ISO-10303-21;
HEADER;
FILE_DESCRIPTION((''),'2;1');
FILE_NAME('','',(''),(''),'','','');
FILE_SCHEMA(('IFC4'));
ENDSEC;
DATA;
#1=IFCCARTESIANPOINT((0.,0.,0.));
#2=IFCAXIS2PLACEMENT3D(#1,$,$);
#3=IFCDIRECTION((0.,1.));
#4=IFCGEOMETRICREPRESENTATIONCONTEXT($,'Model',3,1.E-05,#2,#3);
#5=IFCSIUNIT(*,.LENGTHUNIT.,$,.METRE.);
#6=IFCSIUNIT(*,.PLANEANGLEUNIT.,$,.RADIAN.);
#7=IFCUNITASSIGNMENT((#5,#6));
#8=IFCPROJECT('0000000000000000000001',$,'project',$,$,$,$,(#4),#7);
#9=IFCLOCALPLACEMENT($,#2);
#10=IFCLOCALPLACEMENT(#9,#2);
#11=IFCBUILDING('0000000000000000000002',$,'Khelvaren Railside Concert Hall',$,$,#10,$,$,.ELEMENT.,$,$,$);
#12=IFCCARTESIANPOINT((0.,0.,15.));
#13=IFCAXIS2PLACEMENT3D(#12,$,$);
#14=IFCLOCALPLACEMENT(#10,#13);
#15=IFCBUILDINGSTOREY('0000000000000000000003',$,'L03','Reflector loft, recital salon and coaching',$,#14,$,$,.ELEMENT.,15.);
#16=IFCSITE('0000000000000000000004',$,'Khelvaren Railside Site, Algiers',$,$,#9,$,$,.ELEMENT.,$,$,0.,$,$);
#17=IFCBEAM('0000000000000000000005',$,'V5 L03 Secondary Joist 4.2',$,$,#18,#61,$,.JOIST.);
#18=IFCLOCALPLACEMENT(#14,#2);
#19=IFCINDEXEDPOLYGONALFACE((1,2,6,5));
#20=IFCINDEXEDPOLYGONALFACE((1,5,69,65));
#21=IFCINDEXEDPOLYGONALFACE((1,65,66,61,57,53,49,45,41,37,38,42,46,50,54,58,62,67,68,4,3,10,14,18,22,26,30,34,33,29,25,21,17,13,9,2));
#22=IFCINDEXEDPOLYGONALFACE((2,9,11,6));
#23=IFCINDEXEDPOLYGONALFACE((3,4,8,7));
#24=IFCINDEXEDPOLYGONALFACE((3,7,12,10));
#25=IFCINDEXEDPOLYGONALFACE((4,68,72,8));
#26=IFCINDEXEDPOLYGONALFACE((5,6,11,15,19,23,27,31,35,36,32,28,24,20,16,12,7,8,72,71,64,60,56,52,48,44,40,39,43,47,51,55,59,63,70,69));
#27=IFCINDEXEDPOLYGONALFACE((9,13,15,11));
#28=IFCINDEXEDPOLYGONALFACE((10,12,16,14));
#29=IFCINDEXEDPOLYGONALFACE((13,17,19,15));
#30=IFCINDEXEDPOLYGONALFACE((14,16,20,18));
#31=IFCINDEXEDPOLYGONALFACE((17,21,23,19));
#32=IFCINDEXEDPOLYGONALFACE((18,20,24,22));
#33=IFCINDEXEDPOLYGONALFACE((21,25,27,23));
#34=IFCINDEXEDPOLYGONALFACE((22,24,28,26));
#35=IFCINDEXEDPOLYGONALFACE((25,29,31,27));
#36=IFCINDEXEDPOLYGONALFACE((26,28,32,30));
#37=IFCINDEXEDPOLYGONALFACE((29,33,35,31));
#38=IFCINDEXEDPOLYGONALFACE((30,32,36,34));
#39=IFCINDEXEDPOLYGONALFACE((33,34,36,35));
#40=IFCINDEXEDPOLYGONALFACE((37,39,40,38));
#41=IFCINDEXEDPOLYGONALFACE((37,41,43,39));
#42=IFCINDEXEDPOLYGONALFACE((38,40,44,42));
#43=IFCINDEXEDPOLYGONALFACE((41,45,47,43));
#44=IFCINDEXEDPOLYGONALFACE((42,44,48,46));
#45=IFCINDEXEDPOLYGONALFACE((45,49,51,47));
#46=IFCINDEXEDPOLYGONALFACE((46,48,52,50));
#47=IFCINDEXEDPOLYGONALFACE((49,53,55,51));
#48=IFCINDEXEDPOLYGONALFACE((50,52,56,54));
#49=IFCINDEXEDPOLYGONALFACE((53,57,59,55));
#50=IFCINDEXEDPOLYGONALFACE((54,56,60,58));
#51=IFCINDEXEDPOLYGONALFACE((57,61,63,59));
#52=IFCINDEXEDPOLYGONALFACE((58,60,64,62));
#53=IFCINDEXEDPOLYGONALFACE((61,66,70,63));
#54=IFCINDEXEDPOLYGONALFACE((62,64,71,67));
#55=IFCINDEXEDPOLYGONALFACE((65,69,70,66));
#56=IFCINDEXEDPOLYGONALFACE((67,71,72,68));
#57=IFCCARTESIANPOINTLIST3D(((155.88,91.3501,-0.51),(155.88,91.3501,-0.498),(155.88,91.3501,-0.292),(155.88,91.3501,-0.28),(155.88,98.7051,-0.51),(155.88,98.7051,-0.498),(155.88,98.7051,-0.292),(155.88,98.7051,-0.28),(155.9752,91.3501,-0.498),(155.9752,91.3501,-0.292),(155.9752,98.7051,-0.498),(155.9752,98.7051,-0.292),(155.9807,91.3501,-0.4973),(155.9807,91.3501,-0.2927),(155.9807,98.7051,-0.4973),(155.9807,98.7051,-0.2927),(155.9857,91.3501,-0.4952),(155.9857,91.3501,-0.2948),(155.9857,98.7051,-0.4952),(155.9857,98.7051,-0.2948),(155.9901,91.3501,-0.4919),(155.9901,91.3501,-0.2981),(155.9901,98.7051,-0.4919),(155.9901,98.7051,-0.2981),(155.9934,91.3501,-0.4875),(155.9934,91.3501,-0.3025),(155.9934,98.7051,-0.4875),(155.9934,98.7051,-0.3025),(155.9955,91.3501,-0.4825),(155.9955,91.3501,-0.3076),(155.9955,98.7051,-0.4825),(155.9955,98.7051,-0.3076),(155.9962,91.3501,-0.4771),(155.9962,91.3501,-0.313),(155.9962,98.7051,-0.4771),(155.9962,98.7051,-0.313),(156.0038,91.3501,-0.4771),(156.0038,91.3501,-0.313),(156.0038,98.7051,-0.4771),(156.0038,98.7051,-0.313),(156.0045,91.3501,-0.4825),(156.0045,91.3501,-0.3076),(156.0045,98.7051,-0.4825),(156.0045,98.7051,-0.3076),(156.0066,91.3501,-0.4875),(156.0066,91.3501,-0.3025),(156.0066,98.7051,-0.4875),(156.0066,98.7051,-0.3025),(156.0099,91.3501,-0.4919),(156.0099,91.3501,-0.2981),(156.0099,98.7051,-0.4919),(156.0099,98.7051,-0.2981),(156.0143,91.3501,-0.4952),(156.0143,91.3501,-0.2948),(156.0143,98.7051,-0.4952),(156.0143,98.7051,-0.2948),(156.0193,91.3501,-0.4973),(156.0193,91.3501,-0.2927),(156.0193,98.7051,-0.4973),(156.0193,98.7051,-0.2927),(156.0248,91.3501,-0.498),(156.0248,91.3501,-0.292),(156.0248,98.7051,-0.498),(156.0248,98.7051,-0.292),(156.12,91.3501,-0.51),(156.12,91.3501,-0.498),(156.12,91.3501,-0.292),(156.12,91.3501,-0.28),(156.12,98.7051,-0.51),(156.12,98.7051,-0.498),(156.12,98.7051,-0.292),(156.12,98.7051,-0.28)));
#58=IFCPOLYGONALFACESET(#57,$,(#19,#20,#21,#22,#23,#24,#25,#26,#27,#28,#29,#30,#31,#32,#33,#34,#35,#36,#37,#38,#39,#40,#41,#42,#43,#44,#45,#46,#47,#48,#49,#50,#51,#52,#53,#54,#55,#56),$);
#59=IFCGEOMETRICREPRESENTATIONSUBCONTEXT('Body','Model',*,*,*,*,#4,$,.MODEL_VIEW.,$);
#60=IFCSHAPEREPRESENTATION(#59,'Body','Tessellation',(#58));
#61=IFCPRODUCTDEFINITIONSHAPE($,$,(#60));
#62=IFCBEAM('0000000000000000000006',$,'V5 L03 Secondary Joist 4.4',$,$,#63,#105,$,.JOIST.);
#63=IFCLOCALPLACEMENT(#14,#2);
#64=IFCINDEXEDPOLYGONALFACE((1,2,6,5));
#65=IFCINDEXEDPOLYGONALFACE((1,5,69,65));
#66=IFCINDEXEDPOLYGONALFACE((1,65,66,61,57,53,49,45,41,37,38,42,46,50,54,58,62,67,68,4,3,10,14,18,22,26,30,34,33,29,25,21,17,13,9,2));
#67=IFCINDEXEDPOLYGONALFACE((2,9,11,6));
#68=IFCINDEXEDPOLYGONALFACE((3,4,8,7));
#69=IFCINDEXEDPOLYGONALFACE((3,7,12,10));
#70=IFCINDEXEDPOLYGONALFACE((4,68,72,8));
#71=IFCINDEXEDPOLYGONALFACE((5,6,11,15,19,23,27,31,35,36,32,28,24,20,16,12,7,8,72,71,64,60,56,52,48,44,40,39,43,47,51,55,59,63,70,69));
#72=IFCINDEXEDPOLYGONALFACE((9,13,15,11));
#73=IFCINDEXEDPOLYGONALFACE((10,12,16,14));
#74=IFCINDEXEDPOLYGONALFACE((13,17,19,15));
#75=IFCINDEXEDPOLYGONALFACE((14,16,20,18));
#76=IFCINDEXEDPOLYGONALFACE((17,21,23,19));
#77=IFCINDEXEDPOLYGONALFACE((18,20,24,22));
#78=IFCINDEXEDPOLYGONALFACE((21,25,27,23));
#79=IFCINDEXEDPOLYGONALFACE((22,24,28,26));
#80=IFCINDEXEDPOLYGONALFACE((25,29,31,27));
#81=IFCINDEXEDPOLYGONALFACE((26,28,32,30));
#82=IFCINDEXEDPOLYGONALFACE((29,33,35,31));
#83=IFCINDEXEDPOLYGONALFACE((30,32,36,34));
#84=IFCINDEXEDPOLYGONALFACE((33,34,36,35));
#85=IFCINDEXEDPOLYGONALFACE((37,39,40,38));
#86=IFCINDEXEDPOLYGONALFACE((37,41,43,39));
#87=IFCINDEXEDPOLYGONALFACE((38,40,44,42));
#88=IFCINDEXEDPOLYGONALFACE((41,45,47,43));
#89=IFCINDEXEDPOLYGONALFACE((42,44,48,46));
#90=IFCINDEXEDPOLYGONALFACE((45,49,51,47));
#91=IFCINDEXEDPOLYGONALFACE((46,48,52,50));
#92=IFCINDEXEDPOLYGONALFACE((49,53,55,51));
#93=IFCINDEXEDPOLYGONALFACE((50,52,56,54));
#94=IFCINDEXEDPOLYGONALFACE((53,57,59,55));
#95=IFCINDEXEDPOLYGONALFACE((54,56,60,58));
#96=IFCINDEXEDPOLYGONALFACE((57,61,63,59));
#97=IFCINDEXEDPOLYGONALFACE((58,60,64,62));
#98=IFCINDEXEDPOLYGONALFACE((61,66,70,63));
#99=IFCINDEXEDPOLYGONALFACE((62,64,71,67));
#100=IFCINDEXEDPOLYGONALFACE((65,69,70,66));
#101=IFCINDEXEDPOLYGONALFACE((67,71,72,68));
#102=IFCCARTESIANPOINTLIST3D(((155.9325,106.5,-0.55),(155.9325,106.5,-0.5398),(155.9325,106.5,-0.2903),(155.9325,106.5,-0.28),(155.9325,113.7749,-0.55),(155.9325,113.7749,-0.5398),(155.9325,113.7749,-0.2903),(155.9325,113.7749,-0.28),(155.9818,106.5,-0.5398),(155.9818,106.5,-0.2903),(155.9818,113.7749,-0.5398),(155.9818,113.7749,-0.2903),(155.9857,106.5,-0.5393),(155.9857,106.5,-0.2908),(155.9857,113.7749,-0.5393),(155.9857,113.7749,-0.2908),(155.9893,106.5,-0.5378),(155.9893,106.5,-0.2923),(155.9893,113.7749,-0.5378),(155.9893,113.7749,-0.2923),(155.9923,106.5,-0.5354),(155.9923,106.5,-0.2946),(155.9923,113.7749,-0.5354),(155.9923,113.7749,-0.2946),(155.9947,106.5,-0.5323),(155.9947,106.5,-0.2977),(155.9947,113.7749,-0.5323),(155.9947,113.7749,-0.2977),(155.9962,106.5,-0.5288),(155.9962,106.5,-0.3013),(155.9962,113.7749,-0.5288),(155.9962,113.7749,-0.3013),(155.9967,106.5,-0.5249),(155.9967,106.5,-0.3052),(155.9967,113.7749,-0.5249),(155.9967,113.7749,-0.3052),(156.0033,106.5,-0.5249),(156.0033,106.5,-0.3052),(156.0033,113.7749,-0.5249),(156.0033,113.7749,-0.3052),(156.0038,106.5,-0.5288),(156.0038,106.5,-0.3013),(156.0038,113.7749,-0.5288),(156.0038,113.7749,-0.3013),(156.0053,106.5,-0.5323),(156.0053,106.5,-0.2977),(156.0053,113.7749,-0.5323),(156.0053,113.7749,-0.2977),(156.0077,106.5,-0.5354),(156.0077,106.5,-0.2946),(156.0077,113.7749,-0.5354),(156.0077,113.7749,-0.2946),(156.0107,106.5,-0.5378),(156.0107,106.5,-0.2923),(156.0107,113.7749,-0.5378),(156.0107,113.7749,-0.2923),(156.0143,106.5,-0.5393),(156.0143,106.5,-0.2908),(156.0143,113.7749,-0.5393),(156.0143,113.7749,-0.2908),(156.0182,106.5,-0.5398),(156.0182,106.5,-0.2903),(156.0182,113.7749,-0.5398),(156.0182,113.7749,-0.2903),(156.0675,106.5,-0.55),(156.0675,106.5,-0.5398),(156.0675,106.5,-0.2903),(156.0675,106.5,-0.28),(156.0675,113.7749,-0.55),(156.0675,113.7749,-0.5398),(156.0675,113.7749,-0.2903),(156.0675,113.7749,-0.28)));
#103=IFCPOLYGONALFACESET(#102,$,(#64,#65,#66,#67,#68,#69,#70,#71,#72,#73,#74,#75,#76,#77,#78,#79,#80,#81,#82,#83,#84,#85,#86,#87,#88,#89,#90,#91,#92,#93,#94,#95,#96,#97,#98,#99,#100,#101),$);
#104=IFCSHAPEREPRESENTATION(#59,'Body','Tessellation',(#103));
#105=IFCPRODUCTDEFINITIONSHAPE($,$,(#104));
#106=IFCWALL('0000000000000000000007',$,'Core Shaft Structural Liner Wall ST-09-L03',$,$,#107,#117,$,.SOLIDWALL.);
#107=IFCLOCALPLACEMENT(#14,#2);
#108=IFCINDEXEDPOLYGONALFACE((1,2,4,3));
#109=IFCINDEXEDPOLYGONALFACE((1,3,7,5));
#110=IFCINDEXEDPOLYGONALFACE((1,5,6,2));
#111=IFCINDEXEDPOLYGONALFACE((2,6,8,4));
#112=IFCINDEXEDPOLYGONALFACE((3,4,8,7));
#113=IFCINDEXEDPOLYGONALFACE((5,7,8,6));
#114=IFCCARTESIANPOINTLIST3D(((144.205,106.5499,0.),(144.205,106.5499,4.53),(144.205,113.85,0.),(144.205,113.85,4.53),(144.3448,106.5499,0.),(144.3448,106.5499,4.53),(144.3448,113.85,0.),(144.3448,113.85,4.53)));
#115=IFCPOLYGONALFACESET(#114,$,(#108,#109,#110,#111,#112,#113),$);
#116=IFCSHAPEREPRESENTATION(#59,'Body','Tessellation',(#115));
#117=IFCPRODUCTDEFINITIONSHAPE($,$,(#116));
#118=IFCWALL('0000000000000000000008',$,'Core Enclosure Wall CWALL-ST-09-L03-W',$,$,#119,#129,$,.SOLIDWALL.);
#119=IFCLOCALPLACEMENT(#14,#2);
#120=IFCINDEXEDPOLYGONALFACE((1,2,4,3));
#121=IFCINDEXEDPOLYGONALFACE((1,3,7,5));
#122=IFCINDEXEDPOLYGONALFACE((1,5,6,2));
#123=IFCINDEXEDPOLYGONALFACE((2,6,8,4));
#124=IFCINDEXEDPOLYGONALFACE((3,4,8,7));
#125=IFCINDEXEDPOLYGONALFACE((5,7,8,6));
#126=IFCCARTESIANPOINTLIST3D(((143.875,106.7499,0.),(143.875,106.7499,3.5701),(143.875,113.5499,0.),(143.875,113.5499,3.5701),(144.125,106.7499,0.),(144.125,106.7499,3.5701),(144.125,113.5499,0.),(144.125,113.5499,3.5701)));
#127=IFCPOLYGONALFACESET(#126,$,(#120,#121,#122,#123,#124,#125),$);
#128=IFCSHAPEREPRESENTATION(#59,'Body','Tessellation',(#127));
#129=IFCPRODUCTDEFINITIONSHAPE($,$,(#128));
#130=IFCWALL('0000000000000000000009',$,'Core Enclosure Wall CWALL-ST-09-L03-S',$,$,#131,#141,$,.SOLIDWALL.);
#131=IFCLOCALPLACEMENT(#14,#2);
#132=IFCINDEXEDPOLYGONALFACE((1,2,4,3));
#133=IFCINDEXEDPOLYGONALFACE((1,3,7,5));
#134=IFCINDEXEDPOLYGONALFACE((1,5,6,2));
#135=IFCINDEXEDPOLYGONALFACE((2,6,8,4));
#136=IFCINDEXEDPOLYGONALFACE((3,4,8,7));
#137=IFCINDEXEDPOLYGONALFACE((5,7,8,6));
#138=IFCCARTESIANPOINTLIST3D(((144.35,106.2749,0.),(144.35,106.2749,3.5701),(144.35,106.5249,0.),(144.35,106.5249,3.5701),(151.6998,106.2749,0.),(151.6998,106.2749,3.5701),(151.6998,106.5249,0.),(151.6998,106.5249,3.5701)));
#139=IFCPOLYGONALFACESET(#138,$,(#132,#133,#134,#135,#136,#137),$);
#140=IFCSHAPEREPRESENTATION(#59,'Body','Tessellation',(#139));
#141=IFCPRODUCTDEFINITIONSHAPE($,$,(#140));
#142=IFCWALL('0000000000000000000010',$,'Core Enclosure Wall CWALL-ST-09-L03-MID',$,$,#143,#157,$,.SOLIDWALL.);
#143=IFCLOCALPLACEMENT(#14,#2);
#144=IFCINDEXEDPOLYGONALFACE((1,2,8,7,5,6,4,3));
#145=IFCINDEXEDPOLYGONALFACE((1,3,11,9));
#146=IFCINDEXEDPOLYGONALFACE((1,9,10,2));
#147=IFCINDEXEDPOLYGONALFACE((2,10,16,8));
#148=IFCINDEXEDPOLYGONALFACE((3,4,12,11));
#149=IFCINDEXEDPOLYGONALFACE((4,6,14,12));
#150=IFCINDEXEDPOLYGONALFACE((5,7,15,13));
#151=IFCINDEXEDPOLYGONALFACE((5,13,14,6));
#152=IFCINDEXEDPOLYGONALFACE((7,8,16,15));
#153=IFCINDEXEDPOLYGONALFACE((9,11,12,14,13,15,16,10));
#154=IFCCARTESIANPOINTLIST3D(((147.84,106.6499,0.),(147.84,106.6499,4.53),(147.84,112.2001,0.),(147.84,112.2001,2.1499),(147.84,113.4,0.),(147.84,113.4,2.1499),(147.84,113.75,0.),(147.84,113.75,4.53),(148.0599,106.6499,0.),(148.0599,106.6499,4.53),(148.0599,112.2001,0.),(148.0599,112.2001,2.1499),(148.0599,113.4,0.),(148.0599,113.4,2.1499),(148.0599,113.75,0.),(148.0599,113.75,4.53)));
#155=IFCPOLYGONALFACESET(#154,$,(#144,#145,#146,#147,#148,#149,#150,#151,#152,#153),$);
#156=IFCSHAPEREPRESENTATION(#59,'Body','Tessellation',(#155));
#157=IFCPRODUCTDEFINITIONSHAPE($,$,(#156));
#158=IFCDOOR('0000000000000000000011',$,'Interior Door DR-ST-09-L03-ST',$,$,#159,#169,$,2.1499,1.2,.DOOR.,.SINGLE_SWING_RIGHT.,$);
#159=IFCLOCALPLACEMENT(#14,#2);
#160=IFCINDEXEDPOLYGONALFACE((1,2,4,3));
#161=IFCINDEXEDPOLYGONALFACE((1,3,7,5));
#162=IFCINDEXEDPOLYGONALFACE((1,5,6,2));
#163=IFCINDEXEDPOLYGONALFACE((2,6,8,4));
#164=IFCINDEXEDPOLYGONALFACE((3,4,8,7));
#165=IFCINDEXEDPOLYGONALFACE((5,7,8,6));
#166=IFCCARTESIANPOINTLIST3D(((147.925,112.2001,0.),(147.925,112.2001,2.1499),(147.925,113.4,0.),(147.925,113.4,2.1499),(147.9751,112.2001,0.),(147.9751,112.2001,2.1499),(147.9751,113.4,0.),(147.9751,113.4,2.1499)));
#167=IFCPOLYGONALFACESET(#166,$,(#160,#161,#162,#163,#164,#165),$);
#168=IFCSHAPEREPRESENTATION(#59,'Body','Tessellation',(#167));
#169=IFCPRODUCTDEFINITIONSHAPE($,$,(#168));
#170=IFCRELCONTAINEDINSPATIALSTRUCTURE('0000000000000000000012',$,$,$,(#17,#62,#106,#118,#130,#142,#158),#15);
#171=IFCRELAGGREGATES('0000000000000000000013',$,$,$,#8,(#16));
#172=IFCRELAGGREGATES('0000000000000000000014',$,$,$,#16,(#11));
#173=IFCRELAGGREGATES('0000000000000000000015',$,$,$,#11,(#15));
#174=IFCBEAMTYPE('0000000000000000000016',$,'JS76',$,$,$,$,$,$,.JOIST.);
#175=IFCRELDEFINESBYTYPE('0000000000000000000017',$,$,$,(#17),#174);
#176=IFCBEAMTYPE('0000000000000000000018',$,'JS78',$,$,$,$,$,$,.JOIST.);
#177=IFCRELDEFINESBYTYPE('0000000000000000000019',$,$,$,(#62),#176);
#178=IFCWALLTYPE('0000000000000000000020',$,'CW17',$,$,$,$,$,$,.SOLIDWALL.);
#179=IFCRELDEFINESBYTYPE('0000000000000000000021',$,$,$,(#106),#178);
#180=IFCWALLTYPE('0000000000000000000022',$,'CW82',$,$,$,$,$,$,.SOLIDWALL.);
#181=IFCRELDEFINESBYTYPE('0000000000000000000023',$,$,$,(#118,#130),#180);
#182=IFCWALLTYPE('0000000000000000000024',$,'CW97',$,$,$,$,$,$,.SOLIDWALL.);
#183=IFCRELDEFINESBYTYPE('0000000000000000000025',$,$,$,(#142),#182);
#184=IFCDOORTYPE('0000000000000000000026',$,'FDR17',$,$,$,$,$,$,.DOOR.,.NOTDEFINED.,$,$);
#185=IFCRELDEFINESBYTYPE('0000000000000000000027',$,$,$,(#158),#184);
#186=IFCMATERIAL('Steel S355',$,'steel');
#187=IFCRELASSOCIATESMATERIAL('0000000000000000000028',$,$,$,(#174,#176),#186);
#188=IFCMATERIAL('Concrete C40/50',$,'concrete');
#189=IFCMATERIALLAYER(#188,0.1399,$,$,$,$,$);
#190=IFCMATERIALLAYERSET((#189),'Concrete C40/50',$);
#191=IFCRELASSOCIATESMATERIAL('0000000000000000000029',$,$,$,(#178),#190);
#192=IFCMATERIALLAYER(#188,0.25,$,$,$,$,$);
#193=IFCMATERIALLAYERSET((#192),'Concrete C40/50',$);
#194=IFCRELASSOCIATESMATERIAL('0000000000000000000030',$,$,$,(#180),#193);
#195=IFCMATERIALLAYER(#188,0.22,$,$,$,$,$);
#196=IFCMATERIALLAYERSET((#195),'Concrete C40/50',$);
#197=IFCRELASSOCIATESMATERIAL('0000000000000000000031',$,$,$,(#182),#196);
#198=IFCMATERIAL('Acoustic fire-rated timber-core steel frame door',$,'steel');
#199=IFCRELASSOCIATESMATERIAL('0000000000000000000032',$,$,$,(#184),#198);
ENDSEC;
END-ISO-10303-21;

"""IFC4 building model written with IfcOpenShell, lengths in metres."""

from ifc_helpers import new_model, si_unit, direction, frame, frame_2d, origin, origin_2d, place, context, subcontext, project, spatial, rectangle, i_section, extrude, material, layer, layer_set, material_profile, profile_set, type_object, element, fill, save


model = new_model("IFC4")

# Units and contexts
model_context = context("Model", 3, precision=1e-05, world=origin(), true_north=direction((0.0, 1.0)))
body_context = subcontext(model_context, "Body", "Model", "MODEL_VIEW")
ifc_project = project(units=[si_unit("LENGTHUNIT", "METRE"), si_unit("PLANEANGLEUNIT", "RADIAN")], contexts=[model_context])

# Site, building, storey
site_placement = place(None, origin())
site = spatial("IfcSite", under=ifc_project, at=site_placement, Name="Khelvaren Railside Site, Algiers", CompositionType="ELEMENT", RefElevation=0.0)
building_placement = place(site_placement, origin())
building = spatial("IfcBuilding", under=site, at=building_placement, Name="Khelvaren Railside Concert Hall", CompositionType="ELEMENT")
storey_placement = place(building_placement, frame((0.0, 0.0, 15.0)))
storey = spatial("IfcBuildingStorey", under=building, at=storey_placement, Name="L03", Description="Reflector loft, recital salon and coaching", CompositionType="ELEMENT", Elevation=15.0)

# Beams
ifc_material_1 = material(Name="Steel S355", Category="steel")
ifc_material_2 = material(Name="Concrete C40/50", Category="concrete")
ifc_material_profile_1 = material_profile(ifc_material_1, i_section(OverallWidth=0.24, OverallDepth=0.23, WebThickness=0.0076, FlangeThickness=0.012, FilletRadius=0.021, at=origin_2d()), Name="HEA 240")
ifc_profile_set_1 = profile_set([ifc_material_profile_1], Name="Steel S355")
beam_type_1 = type_object("IfcBeamType", Name="JS76", PredefinedType="JOIST", material=ifc_profile_set_1)
beam_1_placement = place(storey_placement, frame((156.0, 91.3501, -0.395), z_axis=(0.0, 1.0, 0.0), x_axis=(-1.0, 0.0, 0.0)))
element("IfcBeam", 1, at=beam_1_placement, inside=storey, type_object=beam_type_1, Name="V5 L03 Secondary Joist 4.2", PredefinedType="JOIST", context=body_context, shape_type="SweptSolid", body=[
    extrude(i_section(OverallWidth=0.24, OverallDepth=0.23, WebThickness=0.0076, FlangeThickness=0.012, FilletRadius=0.021, at=origin_2d()), origin(), (0.0, 0.0, 1.0), 7.355),
])
ifc_material_profile_2 = material_profile(ifc_material_1, i_section(OverallWidth=0.135, OverallDepth=0.27, WebThickness=0.0066, FlangeThickness=0.0103, FilletRadius=0.0149, at=origin_2d()), Name="IPE 270")
ifc_profile_set_2 = profile_set([ifc_material_profile_2], Name="Steel S355")
beam_type_2 = type_object("IfcBeamType", Name="JS78", PredefinedType="JOIST", material=ifc_profile_set_2)
beam_2_placement = place(storey_placement, frame((156.0, 106.5, -0.415), z_axis=(0.0, 1.0, 0.0), x_axis=(-1.0, 0.0, 0.0)))
element("IfcBeam", 2, at=beam_2_placement, inside=storey, type_object=beam_type_2, Name="V5 L03 Secondary Joist 4.4", PredefinedType="JOIST", context=body_context, shape_type="SweptSolid", body=[
    extrude(i_section(OverallWidth=0.135, OverallDepth=0.27, WebThickness=0.0066, FlangeThickness=0.0103, FilletRadius=0.0149, at=origin_2d()), origin(), (0.0, 0.0, 1.0), 7.2749),
])

# Walls
ifc_layer_1 = layer(ifc_material_2, 0.1399)
ifc_layer_set_1 = layer_set([ifc_layer_1], Name="Concrete C40/50")
wall_type_1 = type_object("IfcWallType", Name="CW17", PredefinedType="SOLIDWALL", material=ifc_layer_set_1)
wall_1_placement = place(storey_placement, frame((144.2749, 106.55, 0.0), z_axis=(0.0, 0.0, 1.0), x_axis=(0.0, 1.0, 0.0)))
element("IfcWall", 3, at=wall_1_placement, inside=storey, type_object=wall_type_1, Name="Core Shaft Structural Liner Wall ST-09-L03", PredefinedType="SOLIDWALL", context=body_context, shape_type="SweptSolid", body=[
    extrude(rectangle(XDim=7.3, YDim=0.1399, at=frame_2d((3.6499, 0.0))), origin(), (0.0, 0.0, 1.0), 4.53),
])
ifc_layer_2 = layer(ifc_material_2, 0.25)
ifc_layer_set_2 = layer_set([ifc_layer_2], Name="Concrete C40/50")
wall_type_2 = type_object("IfcWallType", Name="CW82", PredefinedType="SOLIDWALL", material=ifc_layer_set_2)
wall_2_placement = place(storey_placement, frame((144.0, 106.75, 0.0), z_axis=(0.0, 0.0, 1.0), x_axis=(0.0, 1.0, 0.0)))
element("IfcWall", 4, at=wall_2_placement, inside=storey, type_object=wall_type_2, Name="Core Enclosure Wall CWALL-ST-09-L03-W", PredefinedType="SOLIDWALL", context=body_context, shape_type="SweptSolid", body=[
    extrude(rectangle(XDim=6.8, YDim=0.25, at=frame_2d((3.3999, 0.0))), origin(), (0.0, 0.0, 1.0), 3.5701),
])
wall_3_placement = place(storey_placement, frame((144.3501, 106.3999, 0.0), z_axis=(0.0, 0.0, 1.0), x_axis=(1.0, 0.0, 0.0)))
element("IfcWall", 5, at=wall_3_placement, inside=storey, type_object=wall_type_2, Name="Core Enclosure Wall CWALL-ST-09-L03-S", PredefinedType="SOLIDWALL", context=body_context, shape_type="SweptSolid", body=[
    extrude(rectangle(XDim=7.3499, YDim=0.25, at=frame_2d((3.6748, 0.0))), origin(), (0.0, 0.0, 1.0), 3.5701),
])

# Wall, opening, door
ifc_layer_3 = layer(ifc_material_2, 0.22)
ifc_layer_set_3 = layer_set([ifc_layer_3], Name="Concrete C40/50")
wall_type_3 = type_object("IfcWallType", Name="CW97", PredefinedType="SOLIDWALL", material=ifc_layer_set_3)
wall_4_placement = place(storey_placement, frame((147.95, 106.6499, 0.0), z_axis=(0.0, 0.0, 1.0), x_axis=(0.0, 1.0, 0.0)))
wall_4 = element("IfcWall", 6, at=wall_4_placement, inside=storey, type_object=wall_type_3, Name="Core Enclosure Wall CWALL-ST-09-L03-MID", PredefinedType="SOLIDWALL", context=body_context, shape_type="SweptSolid", body=[
    extrude(rectangle(XDim=7.1001, YDim=0.22, at=frame_2d((3.55, 0.0))), origin(), (0.0, 0.0, 1.0), 4.53),
])
opening_1_placement = place(wall_4_placement, frame((5.55, 0.0, 0.0)))
opening_1 = element("IfcOpeningElement", 7, at=opening_1_placement, cuts=wall_4, PredefinedType="OPENING", context=body_context, shape_type="SweptSolid", body=[
    extrude(rectangle(XDim=1.2, YDim=2.1499, at=frame_2d((0.6001, 1.075))), frame((0.0, 0.1199, 0.0), z_axis=(0.0, -1.0, 0.0), x_axis=(1.0, 0.0, 0.0)), (0.0, 0.0, 1.0), 0.24),
])
ifc_material_3 = material(Name="Acoustic fire-rated timber-core steel frame door", Category="steel")
door_type_1 = type_object("IfcDoorType", Name="FDR17", OperationType="NOTDEFINED", PredefinedType="DOOR", material=ifc_material_3)
door_1_placement = place(opening_1_placement, origin())
door_1 = element("IfcDoor", 8, at=door_1_placement, inside=storey, type_object=door_type_1, Name="Interior Door DR-ST-09-L03-ST", OperationType="SINGLE_SWING_RIGHT", OverallHeight=2.1499, OverallWidth=1.2, PredefinedType="DOOR", context=body_context, shape_type="SweptSolid", body=[
    extrude(rectangle(XDim=1.2, YDim=2.1499, at=frame_2d((0.6001, 1.075))), frame((0.0, 0.0249, 0.0), z_axis=(0.0, -1.0, 0.0), x_axis=(1.0, 0.0, 0.0)), (0.0, 0.0, 1.0), 0.05),
])
fill(opening_1, door_1)

save(model, "model.ifc")
